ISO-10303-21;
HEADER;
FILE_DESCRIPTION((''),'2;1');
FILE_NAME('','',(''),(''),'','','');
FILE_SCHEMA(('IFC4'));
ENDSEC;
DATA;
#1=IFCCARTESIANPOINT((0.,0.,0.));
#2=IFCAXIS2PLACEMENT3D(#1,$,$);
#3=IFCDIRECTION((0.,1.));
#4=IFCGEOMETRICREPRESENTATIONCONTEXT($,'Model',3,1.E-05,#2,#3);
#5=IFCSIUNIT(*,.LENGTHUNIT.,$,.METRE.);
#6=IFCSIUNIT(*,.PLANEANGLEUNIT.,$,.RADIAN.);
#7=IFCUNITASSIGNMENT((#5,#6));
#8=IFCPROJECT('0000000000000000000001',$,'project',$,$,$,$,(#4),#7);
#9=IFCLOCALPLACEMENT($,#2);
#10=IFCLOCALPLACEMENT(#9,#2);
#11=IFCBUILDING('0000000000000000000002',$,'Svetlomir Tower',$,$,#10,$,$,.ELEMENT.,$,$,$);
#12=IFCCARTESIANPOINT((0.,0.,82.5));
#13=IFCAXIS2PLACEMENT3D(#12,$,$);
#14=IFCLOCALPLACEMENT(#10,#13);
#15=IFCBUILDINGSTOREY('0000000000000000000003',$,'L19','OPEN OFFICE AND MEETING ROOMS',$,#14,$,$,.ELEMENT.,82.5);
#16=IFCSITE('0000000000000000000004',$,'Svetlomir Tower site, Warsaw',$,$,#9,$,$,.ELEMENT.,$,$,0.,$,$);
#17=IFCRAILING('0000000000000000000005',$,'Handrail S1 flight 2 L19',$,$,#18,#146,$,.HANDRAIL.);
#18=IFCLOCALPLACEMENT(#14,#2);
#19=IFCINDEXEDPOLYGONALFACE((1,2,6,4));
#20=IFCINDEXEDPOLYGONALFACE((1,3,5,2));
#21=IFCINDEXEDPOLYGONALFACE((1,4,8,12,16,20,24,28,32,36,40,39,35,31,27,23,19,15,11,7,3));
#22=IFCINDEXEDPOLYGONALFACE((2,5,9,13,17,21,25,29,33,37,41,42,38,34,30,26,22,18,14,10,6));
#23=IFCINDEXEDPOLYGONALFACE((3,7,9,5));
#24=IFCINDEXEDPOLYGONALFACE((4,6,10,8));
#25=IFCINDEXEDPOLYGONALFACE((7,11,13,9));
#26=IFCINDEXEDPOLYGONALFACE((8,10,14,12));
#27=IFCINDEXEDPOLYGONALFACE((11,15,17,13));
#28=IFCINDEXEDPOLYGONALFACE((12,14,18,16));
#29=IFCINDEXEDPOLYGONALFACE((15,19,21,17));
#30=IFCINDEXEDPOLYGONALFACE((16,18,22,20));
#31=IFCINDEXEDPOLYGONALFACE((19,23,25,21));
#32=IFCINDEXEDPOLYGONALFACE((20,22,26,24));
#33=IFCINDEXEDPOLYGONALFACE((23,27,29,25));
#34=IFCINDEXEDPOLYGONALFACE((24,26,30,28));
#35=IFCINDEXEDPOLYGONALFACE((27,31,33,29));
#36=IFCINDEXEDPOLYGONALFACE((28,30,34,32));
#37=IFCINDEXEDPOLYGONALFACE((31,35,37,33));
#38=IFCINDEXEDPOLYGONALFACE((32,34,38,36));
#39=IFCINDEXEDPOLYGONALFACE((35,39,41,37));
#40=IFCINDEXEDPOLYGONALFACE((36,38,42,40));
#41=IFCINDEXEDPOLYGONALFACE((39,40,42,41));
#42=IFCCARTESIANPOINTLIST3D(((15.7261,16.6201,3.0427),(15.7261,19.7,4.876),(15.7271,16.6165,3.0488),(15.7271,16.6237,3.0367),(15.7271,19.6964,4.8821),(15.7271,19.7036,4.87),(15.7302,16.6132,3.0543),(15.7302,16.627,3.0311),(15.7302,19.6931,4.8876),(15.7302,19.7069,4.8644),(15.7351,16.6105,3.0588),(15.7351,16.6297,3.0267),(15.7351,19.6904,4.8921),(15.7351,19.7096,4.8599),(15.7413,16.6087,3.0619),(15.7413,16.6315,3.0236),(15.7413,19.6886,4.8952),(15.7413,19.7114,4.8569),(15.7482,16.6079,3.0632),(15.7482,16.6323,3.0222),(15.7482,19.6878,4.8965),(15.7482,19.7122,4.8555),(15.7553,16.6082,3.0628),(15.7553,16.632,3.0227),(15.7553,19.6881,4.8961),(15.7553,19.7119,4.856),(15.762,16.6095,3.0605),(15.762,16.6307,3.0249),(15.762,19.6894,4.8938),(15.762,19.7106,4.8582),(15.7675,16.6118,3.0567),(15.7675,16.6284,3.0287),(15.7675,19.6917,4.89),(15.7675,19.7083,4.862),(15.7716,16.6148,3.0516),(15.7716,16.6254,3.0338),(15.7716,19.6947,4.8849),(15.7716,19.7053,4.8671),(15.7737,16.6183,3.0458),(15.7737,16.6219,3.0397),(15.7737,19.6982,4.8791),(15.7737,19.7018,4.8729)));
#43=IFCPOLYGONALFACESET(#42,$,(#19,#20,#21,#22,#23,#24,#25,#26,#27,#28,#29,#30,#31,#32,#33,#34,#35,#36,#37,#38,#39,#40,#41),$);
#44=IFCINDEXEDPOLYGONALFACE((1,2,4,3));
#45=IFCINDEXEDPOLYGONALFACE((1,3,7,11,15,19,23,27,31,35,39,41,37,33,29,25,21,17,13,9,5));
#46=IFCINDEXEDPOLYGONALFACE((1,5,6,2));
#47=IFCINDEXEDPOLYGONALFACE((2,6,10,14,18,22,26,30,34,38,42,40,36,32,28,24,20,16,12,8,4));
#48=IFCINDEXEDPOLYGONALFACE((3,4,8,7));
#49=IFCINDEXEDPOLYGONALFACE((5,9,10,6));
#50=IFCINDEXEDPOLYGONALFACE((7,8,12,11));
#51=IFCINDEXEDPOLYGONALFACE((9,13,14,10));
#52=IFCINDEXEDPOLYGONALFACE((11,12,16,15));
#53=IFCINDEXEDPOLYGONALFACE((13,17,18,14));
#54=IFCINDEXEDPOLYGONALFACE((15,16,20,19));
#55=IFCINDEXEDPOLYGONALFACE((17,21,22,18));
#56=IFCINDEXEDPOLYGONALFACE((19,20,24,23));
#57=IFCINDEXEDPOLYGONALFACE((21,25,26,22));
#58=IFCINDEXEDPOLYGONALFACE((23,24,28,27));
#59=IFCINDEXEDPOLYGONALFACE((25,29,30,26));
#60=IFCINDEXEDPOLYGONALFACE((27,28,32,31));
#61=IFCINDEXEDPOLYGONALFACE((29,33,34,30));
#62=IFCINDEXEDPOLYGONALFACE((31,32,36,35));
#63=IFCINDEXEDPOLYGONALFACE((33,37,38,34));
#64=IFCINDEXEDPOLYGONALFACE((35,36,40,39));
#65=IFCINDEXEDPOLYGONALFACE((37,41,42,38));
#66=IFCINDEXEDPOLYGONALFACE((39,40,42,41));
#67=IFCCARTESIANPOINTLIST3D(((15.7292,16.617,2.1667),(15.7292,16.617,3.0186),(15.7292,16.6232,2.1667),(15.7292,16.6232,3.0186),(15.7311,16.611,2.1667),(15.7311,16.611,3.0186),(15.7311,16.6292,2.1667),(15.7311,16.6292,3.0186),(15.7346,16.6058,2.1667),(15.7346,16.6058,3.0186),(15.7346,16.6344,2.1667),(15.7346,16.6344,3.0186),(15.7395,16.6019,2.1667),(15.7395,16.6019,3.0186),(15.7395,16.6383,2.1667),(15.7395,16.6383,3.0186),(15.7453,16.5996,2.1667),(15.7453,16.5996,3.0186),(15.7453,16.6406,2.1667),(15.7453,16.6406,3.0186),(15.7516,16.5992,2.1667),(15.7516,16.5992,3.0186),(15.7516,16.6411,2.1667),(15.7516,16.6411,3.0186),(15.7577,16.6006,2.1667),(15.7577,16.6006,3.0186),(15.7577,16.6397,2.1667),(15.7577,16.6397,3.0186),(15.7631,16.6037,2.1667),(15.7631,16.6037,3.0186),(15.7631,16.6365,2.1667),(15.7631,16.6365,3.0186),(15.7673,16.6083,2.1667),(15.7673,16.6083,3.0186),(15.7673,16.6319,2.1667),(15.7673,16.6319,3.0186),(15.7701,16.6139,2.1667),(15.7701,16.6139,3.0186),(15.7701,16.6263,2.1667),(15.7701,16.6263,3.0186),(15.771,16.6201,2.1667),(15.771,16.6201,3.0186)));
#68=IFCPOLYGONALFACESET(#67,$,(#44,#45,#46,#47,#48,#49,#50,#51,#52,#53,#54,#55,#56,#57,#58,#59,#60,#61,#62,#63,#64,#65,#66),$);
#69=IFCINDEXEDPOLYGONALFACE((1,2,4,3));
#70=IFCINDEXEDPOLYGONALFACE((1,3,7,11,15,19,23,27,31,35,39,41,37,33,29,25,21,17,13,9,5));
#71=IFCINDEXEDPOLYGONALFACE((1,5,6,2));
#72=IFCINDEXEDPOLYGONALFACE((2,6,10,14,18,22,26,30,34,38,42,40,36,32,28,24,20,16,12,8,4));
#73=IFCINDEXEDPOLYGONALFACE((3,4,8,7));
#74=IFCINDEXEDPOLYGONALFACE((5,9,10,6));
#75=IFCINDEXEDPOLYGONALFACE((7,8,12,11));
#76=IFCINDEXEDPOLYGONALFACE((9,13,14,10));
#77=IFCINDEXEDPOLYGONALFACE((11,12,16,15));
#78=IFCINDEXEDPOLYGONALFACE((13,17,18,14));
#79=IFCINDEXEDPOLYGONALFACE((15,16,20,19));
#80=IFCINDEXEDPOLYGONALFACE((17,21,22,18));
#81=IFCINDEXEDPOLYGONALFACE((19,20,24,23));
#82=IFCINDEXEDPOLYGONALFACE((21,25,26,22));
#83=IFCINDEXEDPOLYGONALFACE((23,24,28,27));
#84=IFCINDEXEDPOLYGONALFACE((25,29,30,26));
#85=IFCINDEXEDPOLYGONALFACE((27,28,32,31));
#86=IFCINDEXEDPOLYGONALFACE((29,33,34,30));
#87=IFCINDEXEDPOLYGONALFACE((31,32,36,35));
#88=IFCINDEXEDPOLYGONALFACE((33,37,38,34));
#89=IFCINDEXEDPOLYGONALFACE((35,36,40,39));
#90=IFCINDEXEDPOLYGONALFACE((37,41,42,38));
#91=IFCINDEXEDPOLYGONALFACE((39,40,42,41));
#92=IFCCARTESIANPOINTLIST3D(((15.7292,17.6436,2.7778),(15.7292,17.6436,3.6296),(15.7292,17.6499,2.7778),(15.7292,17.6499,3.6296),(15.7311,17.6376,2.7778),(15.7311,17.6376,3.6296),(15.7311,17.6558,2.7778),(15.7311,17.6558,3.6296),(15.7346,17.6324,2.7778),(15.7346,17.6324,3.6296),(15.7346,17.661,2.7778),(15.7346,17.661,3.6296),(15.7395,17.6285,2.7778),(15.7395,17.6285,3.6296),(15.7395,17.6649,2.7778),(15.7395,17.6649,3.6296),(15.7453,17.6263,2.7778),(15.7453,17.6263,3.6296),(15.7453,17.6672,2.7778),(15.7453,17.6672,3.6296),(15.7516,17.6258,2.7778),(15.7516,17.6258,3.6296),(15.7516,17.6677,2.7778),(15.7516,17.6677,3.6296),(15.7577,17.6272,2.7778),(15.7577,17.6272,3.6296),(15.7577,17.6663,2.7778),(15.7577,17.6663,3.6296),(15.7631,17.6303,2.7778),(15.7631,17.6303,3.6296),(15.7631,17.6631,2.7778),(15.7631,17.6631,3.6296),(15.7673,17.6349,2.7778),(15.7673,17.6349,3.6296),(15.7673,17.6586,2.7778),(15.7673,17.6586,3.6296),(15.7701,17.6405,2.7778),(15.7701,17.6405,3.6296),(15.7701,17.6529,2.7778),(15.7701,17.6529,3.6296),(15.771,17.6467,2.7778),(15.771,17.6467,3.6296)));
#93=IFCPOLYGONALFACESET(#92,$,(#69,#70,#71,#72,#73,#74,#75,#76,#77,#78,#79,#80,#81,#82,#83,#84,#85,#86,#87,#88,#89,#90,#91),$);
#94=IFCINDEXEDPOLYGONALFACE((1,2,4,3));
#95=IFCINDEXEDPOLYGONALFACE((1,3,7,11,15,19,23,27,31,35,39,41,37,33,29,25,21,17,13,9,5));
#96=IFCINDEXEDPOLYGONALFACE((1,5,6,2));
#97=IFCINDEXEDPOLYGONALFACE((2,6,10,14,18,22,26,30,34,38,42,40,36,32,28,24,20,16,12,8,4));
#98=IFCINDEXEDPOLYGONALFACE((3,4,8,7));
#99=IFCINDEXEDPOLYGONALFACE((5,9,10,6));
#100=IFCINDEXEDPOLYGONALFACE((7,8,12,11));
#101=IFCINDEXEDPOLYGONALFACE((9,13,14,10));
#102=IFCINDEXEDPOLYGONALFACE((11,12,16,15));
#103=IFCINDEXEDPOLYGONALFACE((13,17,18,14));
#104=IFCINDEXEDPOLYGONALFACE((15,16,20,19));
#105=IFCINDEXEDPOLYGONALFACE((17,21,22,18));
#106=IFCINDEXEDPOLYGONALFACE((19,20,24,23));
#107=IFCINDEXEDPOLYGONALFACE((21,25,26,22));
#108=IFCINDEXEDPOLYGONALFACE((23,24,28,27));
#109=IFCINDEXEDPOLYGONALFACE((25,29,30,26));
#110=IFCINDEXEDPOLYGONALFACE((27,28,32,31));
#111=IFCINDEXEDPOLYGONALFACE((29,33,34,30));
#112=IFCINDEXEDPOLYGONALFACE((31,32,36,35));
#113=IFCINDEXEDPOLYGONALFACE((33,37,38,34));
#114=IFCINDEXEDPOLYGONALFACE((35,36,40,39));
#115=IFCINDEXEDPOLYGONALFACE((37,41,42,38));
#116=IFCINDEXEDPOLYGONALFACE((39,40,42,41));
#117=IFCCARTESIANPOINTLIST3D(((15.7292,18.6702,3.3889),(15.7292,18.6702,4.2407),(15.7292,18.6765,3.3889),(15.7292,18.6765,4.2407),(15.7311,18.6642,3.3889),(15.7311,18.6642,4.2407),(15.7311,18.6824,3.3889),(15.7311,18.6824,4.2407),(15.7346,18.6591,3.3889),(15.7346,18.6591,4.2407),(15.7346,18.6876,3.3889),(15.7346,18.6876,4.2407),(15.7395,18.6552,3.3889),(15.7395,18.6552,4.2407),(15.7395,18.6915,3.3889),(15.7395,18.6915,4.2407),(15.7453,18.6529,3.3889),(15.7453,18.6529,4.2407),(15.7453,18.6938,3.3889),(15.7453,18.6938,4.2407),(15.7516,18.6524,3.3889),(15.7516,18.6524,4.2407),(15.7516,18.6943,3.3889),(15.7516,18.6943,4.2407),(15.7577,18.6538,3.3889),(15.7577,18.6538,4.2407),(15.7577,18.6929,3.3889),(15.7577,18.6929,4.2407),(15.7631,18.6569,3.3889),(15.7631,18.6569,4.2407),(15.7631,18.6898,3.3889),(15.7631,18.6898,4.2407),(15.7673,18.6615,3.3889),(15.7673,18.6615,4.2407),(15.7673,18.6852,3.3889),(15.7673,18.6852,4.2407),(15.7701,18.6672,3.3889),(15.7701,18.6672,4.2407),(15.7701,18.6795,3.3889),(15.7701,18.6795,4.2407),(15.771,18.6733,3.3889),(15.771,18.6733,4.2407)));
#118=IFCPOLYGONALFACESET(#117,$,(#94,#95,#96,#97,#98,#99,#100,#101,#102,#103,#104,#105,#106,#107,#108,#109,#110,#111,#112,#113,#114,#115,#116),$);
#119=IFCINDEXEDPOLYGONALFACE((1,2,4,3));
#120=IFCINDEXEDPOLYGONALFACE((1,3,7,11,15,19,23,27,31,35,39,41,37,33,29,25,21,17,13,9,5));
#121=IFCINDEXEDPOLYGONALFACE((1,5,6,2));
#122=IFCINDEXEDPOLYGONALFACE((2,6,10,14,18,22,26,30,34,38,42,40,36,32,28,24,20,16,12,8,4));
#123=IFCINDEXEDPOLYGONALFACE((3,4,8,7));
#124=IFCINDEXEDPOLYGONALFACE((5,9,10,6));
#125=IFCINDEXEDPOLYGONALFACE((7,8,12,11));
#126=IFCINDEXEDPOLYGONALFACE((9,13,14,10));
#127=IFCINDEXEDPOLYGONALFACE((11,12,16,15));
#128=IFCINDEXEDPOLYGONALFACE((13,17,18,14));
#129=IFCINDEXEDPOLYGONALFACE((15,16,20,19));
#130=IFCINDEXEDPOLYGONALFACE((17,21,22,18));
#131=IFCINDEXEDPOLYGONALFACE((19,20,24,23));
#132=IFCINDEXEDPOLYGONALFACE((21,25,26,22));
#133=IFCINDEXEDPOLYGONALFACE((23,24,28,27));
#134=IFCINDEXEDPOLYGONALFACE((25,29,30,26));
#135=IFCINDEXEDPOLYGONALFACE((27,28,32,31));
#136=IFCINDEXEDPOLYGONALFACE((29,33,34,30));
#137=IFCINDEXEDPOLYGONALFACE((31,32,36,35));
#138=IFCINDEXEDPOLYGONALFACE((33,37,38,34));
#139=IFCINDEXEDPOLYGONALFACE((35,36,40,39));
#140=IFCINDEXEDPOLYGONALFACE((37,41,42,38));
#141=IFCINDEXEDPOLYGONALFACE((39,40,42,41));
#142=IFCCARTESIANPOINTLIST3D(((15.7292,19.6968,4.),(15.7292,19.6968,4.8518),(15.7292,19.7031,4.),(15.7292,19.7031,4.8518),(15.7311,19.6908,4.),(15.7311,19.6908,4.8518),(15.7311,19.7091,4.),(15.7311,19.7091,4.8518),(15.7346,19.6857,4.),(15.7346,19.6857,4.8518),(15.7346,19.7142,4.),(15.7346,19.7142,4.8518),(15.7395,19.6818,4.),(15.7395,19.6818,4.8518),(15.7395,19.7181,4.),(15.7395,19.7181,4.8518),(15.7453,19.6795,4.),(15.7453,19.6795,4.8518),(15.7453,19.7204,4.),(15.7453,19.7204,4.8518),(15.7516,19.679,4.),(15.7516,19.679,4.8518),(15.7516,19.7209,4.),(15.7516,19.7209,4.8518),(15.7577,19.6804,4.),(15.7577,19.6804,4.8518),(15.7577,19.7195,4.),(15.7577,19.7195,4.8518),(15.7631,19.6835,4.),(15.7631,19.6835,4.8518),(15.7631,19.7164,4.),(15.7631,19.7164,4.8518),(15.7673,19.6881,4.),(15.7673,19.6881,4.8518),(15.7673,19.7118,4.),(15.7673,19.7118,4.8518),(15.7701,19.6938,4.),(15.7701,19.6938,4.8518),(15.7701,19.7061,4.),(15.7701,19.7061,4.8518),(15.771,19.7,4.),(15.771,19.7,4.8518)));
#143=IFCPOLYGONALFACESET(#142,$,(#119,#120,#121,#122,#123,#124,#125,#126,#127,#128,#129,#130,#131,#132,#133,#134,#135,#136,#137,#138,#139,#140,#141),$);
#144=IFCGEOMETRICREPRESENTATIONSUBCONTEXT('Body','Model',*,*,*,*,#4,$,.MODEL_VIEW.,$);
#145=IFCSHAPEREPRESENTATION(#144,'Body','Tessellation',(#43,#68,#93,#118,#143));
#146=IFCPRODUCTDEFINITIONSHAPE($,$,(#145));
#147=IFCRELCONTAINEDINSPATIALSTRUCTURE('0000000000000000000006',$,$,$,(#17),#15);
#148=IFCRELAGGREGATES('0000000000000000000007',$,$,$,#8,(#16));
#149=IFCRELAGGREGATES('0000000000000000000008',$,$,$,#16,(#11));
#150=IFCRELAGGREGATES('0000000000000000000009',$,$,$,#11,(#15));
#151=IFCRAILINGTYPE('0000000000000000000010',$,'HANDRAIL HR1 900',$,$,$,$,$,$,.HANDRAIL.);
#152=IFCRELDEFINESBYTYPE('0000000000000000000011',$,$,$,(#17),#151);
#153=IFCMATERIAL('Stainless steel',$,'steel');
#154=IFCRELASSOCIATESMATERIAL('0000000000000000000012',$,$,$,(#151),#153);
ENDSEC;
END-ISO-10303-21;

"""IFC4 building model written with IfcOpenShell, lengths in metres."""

from ifc_helpers import new_model, si_unit, direction, frame, origin, origin_2d, place, context, subcontext, project, spatial, circle, extrude, material, type_object, element, save


model = new_model("IFC4")

# Units and contexts
model_context = context("Model", 3, precision=1e-05, world=origin(), true_north=direction((0.0, 1.0)))
body_context = subcontext(model_context, "Body", "Model", "MODEL_VIEW")
ifc_project = project(units=[si_unit("LENGTHUNIT", "METRE"), si_unit("PLANEANGLEUNIT", "RADIAN")], contexts=[model_context])

# Site, building, storey
site_placement = place(None, origin())
site = spatial("IfcSite", under=ifc_project, at=site_placement, Name="Svetlomir Tower site, Warsaw", CompositionType="ELEMENT", RefElevation=0.0)
building_placement = place(site_placement, origin())
building = spatial("IfcBuilding", under=site, at=building_placement, Name="Svetlomir Tower", CompositionType="ELEMENT")
storey_placement = place(building_placement, frame((0.0, 0.0, 82.5)))
storey = spatial("IfcBuildingStorey", under=building, at=storey_placement, Name="L19", Description="OPEN OFFICE AND MEETING ROOMS", CompositionType="ELEMENT", Elevation=82.5)

# Railing
ifc_material_1 = material(Name="Stainless steel", Category="steel")
railing_type = type_object("IfcRailingType", Name="HANDRAIL HR1 900", PredefinedType="HANDRAIL", material=ifc_material_1)
railing_placement = place(storey_placement, frame((15.75, 16.6201, 2.1667)))
element("IfcRailing", 1, at=railing_placement, inside=storey, type_object=railing_type, Name="Handrail S1 flight 2 L19", PredefinedType="HANDRAIL", context=body_context, shape_type="SweptSolid", body=[
    extrude(circle(Radius=0.0239, at=origin_2d()), frame((0.0, 0.0, 0.876), z_axis=(0.0, 0.859291, 0.511487), x_axis=(-1.0, 0.0, 0.0)), (0.0, 0.0, 1.0), 3.5842),
    extrude(circle(Radius=0.021, at=origin_2d()), origin(), (0.0, 0.0, 1.0), 0.8518),
    extrude(circle(Radius=0.021, at=origin_2d()), frame((0.0, 1.0266, 0.6111)), (0.0, 0.0, 1.0), 0.8518),
    extrude(circle(Radius=0.021, at=origin_2d()), frame((0.0, 2.0532, 1.2222)), (0.0, 0.0, 1.0), 0.8518),
    extrude(circle(Radius=0.021, at=origin_2d()), frame((0.0, 3.0798, 1.8333)), (0.0, 0.0, 1.0), 0.8518),
])

save(model, "model.ifc")
